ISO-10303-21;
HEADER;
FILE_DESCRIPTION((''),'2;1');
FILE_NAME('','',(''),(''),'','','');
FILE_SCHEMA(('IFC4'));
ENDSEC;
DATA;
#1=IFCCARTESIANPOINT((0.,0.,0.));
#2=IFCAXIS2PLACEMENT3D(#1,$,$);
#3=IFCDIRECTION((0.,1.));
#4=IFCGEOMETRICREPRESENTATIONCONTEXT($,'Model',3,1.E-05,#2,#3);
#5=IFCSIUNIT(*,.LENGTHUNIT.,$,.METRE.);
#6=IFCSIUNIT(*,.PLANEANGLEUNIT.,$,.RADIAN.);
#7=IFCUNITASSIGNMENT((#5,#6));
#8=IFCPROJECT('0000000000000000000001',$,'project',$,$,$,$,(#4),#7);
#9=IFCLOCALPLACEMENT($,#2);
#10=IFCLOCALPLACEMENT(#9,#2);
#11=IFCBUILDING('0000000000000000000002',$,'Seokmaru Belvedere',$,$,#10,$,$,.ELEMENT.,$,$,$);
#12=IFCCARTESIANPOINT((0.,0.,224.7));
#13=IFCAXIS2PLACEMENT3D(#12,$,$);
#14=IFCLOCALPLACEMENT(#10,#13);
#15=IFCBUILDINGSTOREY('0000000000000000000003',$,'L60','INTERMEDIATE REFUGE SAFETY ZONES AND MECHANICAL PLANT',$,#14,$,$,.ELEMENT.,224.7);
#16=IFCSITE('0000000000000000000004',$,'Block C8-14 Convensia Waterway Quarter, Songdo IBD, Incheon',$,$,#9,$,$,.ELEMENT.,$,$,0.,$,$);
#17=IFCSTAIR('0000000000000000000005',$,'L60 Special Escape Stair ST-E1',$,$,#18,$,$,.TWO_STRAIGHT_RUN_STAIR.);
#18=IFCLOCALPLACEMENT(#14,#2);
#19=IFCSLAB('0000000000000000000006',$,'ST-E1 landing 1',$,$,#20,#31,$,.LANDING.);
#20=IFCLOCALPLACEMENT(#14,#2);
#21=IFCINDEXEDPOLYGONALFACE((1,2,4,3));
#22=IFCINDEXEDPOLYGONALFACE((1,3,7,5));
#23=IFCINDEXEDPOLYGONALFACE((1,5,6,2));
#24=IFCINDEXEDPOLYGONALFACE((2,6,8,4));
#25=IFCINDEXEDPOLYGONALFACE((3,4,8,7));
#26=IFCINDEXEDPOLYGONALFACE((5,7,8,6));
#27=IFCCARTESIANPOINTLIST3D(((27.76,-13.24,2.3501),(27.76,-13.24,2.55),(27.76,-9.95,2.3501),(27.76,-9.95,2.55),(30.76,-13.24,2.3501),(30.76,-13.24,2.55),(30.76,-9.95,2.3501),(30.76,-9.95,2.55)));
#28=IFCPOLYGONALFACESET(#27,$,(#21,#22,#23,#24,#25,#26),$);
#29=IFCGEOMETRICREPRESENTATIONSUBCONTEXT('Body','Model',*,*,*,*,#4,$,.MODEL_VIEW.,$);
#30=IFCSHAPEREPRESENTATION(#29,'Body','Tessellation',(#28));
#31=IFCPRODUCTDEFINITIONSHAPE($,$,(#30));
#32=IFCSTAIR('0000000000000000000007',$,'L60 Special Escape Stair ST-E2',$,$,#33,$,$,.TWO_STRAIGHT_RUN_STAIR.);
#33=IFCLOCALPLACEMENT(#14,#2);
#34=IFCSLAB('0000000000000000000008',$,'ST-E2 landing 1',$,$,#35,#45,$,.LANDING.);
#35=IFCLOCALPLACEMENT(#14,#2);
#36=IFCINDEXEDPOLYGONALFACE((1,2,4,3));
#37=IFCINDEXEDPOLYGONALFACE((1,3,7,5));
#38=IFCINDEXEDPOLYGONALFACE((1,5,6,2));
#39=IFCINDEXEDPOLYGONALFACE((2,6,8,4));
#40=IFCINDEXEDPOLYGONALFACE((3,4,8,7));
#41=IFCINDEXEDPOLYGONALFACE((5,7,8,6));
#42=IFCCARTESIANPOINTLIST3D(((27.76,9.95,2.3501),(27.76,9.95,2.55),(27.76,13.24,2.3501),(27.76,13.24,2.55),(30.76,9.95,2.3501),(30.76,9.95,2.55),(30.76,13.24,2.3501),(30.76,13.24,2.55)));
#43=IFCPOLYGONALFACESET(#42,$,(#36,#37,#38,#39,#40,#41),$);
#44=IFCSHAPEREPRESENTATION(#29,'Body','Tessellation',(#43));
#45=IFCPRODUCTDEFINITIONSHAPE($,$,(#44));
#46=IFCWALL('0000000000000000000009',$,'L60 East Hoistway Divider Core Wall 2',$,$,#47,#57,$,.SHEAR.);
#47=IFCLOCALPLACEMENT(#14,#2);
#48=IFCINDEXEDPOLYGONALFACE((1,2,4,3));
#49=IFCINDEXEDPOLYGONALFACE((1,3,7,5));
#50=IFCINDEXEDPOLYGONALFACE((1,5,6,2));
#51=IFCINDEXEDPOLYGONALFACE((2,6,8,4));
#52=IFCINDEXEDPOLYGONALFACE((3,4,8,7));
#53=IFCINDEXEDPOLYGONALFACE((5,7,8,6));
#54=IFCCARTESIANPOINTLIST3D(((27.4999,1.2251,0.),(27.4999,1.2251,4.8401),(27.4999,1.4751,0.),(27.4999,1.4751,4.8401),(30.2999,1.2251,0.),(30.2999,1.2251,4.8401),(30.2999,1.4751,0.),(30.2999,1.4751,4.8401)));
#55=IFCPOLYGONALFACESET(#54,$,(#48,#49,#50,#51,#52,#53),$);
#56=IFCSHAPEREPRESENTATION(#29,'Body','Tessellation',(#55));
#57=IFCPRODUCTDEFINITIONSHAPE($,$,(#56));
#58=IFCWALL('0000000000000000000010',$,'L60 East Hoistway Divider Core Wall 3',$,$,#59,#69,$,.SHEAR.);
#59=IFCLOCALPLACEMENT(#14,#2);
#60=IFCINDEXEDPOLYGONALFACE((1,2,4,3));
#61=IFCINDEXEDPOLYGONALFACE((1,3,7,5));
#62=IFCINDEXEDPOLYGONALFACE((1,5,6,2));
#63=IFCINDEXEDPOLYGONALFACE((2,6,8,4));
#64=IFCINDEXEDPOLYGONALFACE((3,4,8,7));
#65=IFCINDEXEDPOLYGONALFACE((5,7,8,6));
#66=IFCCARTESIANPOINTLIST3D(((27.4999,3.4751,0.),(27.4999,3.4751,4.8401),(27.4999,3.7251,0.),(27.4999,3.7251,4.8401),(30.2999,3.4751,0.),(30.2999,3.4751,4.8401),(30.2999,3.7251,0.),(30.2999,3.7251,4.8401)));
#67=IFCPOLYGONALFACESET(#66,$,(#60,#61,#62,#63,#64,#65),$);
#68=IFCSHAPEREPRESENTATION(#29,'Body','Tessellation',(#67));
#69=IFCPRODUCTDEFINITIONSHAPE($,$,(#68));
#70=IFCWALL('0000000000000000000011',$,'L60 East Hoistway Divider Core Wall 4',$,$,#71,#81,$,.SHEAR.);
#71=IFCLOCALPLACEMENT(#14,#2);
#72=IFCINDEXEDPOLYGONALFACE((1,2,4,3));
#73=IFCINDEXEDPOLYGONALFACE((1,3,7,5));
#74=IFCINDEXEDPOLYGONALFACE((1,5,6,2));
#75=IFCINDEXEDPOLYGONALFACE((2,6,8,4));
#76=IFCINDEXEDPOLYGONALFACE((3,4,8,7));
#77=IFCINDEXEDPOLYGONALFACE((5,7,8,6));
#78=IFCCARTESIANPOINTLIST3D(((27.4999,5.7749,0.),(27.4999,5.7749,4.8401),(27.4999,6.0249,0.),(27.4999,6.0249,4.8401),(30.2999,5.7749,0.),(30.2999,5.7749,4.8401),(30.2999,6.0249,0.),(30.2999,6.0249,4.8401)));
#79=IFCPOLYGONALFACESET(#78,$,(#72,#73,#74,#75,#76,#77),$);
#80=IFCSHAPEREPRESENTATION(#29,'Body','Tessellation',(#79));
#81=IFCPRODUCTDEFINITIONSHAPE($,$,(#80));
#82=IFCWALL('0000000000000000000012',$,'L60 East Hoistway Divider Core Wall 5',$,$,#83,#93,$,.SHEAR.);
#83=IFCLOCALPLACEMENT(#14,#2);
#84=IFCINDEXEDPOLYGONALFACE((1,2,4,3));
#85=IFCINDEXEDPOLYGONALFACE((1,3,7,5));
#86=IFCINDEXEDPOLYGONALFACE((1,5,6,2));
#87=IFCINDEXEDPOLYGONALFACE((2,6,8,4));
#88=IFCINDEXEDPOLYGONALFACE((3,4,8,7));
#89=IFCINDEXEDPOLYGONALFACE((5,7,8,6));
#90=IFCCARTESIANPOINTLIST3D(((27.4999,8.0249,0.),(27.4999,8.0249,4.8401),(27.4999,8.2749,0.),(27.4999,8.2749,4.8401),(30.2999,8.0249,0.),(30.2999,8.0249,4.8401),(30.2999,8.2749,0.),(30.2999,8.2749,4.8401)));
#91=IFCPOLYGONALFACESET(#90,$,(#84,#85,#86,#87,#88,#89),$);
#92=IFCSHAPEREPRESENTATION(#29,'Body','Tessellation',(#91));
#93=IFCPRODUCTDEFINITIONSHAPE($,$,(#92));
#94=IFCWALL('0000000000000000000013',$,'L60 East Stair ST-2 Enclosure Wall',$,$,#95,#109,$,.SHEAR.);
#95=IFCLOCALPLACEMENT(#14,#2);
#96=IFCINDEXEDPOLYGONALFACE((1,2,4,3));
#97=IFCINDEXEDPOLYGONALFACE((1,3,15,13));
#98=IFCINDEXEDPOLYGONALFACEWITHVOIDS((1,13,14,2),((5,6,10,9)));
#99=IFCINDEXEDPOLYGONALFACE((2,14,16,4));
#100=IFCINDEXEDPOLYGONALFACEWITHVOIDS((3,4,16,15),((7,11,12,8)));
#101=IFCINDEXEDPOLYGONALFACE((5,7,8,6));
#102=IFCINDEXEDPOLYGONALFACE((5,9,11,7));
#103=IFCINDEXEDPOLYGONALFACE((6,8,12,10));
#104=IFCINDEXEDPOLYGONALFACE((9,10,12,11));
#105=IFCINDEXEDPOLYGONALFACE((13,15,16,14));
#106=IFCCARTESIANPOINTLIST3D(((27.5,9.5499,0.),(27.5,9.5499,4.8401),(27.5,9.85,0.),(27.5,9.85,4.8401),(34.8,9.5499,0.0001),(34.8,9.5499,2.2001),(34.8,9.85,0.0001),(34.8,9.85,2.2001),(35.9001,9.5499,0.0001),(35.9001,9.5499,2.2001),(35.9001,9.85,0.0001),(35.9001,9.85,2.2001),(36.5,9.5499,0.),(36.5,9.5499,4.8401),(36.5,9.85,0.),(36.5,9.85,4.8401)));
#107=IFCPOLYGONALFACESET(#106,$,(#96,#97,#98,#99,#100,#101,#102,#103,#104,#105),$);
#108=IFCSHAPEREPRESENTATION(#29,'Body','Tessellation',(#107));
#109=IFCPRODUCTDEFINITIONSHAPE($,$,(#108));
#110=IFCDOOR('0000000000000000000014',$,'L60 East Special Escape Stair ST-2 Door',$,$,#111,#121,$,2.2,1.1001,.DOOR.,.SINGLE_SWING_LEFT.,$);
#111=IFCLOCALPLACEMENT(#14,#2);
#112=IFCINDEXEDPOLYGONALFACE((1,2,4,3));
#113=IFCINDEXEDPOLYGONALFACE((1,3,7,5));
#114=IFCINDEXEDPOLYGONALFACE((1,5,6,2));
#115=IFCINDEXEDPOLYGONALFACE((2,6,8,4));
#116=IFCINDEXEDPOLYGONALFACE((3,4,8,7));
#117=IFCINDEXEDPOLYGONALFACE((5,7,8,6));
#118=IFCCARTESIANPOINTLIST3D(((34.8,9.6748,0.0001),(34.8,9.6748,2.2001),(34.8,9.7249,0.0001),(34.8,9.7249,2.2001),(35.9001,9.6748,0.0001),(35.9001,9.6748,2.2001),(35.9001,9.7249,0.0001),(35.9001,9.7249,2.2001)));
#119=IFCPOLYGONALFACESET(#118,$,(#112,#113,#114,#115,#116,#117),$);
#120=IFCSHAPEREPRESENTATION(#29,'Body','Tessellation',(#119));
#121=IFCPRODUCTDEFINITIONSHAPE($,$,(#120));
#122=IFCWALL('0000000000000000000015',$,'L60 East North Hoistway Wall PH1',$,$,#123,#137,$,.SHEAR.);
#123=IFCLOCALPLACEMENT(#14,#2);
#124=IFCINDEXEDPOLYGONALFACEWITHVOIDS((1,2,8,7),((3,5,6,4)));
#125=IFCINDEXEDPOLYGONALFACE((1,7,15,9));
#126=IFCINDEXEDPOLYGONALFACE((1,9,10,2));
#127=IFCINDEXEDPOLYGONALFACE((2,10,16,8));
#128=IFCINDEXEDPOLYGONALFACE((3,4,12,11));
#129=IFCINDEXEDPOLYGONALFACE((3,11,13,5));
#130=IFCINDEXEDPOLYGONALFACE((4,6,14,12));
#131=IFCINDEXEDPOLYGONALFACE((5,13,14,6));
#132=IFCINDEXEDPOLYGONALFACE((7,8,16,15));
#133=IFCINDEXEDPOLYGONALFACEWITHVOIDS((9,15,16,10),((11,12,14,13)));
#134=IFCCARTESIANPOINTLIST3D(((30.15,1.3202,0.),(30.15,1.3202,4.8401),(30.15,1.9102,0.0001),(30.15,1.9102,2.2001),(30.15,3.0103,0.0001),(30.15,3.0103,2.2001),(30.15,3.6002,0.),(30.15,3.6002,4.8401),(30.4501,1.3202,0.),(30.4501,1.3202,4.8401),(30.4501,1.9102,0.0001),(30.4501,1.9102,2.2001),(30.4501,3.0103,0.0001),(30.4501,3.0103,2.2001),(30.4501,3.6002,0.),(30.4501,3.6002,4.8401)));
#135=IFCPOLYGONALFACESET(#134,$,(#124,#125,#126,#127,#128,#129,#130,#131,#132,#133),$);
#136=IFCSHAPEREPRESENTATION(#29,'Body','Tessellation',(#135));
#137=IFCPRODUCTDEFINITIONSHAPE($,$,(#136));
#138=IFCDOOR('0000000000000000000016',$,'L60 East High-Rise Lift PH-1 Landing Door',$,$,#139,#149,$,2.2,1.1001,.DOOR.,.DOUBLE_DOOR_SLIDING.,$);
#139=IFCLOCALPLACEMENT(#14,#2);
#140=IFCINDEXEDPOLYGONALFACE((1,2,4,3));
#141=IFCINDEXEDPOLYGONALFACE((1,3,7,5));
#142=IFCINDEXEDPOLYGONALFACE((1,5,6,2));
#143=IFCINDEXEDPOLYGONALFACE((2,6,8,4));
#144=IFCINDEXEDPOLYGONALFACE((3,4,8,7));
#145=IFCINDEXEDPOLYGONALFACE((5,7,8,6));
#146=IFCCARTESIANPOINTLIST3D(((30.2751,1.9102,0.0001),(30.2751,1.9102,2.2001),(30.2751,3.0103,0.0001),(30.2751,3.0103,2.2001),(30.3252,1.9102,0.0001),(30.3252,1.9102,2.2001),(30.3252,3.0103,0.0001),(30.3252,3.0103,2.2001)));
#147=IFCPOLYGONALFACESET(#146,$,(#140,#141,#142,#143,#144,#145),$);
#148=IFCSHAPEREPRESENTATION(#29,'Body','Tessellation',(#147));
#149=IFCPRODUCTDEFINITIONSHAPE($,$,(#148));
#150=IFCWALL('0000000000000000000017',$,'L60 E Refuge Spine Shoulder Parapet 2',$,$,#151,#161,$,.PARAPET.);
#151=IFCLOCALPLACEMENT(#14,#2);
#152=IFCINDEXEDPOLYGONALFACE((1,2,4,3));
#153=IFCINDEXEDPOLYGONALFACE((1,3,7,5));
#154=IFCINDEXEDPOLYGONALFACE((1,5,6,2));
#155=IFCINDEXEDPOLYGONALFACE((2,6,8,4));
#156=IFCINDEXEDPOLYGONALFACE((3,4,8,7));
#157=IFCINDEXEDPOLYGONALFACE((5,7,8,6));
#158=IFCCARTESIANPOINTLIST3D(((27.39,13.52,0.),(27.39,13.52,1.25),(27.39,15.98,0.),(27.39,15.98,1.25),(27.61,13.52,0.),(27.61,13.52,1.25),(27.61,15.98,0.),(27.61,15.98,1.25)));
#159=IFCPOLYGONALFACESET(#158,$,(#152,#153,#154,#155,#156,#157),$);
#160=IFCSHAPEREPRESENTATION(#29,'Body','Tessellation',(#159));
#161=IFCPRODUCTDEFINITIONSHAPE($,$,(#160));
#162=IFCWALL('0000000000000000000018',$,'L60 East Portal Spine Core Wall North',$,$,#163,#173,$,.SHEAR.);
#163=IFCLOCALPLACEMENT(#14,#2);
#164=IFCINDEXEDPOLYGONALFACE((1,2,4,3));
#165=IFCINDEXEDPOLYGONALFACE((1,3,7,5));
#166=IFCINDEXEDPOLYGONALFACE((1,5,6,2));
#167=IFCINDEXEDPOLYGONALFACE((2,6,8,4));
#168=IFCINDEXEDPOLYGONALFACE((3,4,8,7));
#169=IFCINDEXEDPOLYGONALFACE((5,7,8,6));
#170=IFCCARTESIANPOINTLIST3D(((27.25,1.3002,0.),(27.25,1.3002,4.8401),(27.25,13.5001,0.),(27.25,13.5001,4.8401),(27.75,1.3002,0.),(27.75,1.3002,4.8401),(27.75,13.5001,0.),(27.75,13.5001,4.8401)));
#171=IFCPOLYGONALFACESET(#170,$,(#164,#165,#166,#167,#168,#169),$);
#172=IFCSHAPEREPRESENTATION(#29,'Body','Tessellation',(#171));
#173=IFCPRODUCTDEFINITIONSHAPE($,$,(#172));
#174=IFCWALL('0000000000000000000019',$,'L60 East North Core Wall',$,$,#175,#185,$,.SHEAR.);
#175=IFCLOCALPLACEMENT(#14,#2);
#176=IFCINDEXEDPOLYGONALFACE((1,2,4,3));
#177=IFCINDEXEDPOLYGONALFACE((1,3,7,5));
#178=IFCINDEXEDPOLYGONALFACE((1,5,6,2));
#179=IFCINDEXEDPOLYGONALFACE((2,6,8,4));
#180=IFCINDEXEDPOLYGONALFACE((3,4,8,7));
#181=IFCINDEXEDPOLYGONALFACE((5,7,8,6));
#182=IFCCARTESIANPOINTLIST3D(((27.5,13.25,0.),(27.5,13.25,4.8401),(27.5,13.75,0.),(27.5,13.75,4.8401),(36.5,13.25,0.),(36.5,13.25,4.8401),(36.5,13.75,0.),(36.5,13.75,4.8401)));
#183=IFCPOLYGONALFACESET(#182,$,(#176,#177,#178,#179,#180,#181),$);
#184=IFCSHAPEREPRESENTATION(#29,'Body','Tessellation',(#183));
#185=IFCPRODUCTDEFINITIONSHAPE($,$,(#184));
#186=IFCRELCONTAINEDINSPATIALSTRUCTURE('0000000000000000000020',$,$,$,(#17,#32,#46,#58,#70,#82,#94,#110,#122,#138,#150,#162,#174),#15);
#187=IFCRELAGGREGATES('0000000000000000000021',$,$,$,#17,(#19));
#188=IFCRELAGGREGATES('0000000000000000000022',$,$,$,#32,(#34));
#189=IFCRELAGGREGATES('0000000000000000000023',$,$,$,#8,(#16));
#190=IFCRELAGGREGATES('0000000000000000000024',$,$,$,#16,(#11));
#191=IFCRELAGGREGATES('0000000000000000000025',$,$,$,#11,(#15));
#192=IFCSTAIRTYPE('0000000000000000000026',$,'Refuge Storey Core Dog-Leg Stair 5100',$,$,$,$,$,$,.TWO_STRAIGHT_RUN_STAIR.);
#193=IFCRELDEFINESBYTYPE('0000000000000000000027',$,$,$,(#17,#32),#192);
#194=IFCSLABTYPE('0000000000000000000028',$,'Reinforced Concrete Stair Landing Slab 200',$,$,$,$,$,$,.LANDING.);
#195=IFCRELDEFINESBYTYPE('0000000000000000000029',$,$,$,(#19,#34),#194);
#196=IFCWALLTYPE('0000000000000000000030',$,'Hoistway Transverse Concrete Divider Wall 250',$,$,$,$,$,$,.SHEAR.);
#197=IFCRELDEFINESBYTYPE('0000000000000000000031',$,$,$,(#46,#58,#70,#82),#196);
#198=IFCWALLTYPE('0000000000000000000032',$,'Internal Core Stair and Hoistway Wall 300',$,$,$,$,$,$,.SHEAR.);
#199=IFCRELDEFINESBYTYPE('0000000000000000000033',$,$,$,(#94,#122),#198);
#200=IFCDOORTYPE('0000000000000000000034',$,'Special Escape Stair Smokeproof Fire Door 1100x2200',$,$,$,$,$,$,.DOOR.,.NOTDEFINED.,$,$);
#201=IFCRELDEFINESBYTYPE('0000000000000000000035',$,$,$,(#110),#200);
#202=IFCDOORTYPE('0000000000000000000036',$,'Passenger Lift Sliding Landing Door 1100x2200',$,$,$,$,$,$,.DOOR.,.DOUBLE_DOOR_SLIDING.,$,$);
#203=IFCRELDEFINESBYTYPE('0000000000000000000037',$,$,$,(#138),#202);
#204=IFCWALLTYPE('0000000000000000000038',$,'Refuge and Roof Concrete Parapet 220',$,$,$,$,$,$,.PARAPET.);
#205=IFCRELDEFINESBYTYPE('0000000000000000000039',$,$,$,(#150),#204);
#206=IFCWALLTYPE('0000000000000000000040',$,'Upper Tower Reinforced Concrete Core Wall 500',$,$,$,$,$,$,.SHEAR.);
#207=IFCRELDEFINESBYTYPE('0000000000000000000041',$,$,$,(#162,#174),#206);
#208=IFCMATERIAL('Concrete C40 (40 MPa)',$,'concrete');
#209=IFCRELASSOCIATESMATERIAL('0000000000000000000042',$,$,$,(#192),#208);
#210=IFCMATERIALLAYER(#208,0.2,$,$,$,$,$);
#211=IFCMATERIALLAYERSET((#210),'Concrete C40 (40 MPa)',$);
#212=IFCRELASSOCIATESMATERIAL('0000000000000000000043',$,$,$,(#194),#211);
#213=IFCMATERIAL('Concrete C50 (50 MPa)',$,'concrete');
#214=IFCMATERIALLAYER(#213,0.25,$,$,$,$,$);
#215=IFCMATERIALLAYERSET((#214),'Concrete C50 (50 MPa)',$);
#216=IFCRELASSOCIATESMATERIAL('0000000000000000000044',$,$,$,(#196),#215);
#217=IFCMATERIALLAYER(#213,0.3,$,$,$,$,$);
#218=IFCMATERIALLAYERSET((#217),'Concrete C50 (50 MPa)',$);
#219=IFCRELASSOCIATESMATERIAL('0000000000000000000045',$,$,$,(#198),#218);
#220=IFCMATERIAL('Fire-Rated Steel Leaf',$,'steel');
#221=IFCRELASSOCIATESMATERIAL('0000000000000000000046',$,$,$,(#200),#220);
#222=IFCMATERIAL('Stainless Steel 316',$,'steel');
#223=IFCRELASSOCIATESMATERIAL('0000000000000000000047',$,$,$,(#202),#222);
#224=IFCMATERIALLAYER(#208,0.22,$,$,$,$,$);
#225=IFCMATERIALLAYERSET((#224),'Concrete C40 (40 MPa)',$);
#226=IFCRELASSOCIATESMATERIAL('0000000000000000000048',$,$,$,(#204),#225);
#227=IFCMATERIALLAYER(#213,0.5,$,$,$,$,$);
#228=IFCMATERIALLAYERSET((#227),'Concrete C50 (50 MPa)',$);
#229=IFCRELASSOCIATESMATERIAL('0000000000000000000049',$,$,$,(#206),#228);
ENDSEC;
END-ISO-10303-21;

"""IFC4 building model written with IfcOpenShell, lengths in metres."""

from ifc_helpers import new_model, si_unit, direction, frame, frame_2d, origin, place, context, subcontext, project, spatial, polyline, rectangle, outline, extrude, source, transform, mapped, material, layer, layer_set, type_object, type_shapes, element, fill, aggregate, save


model = new_model("IFC4")

# Units and contexts
model_context = context("Model", 3, precision=1e-05, world=origin(), true_north=direction((0.0, 1.0)))
body_context = subcontext(model_context, "Body", "Model", "MODEL_VIEW")
ifc_project = project(units=[si_unit("LENGTHUNIT", "METRE"), si_unit("PLANEANGLEUNIT", "RADIAN")], contexts=[model_context])

# Site, building, storey
site_placement = place(None, origin())
site = spatial("IfcSite", under=ifc_project, at=site_placement, Name="Block C8-14 Convensia Waterway Quarter, Songdo IBD, Incheon", CompositionType="ELEMENT", RefElevation=0.0)
building_placement = place(site_placement, origin())
building = spatial("IfcBuilding", under=site, at=building_placement, Name="Seokmaru Belvedere", CompositionType="ELEMENT")
storey_placement = place(building_placement, frame((0.0, 0.0, 224.7)))
storey = spatial("IfcBuildingStorey", under=building, at=storey_placement, Name="L60", Description="INTERMEDIATE REFUGE SAFETY ZONES AND MECHANICAL PLANT", CompositionType="ELEMENT", Elevation=224.7)

# Stairs, slabs
ifc_material_1 = material(Name="Concrete C40 (40 MPa)", Category="concrete")
stair_type = type_object("IfcStairType", Name="Refuge Storey Core Dog-Leg Stair 5100", PredefinedType="TWO_STRAIGHT_RUN_STAIR", material=ifc_material_1)
stair_1_placement = place(storey_placement, origin())
stair_1 = element("IfcStair", 1, at=stair_1_placement, inside=storey, type_object=stair_type, Name="L60 Special Escape Stair ST-E1", PredefinedType="TWO_STRAIGHT_RUN_STAIR")
ifc_layer_1 = layer(ifc_material_1, 0.2)
ifc_layer_set_1 = layer_set([ifc_layer_1], Name="Concrete C40 (40 MPa)")
slab_type = type_object("IfcSlabType", Name="Reinforced Concrete Stair Landing Slab 200", PredefinedType="LANDING", material=ifc_layer_set_1)
slab_1_placement = place(storey_placement, frame((0.0, 0.0, 2.3501)))
slab_1 = element("IfcSlab", 2, at=slab_1_placement, type_object=slab_type, Name="ST-E1 landing 1", PredefinedType="LANDING", context=body_context, shape_type="SweptSolid", body=[
    extrude(outline(polyline([(27.76, -13.24), (30.76, -13.24), (30.76, -9.95), (27.76, -9.95), (27.76, -13.24)])), origin(), (0.0, 0.0, 1.0), 0.2),
])
aggregate(stair_1, [slab_1])
stair_2_placement = place(storey_placement, origin())
stair_2 = element("IfcStair", 3, at=stair_2_placement, inside=storey, type_object=stair_type, Name="L60 Special Escape Stair ST-E2", PredefinedType="TWO_STRAIGHT_RUN_STAIR")
slab_2_placement = place(storey_placement, frame((0.0, 0.0, 2.3501)))
slab_2 = element("IfcSlab", 4, at=slab_2_placement, type_object=slab_type, Name="ST-E2 landing 1", PredefinedType="LANDING", context=body_context, shape_type="SweptSolid", body=[
    extrude(outline(polyline([(27.76, 9.95), (30.76, 9.95), (30.76, 13.24), (27.76, 13.24), (27.76, 9.95)])), origin(), (0.0, 0.0, 1.0), 0.2),
])
aggregate(stair_2, [slab_2])

# Walls
ifc_material_2 = material(Name="Concrete C50 (50 MPa)", Category="concrete")
ifc_layer_2 = layer(ifc_material_2, 0.25)
ifc_layer_set_2 = layer_set([ifc_layer_2], Name="Concrete C50 (50 MPa)")
wall_type_1 = type_object("IfcWallType", Name="Hoistway Transverse Concrete Divider Wall 250", PredefinedType="SHEAR", material=ifc_layer_set_2)
for number, where, z_axis, x_axis, name in (
    (5, (27.5, 1.3501, 0.0), (0.0, 0.0, 1.0), (1.0, 0.0, 0.0), "L60 East Hoistway Divider Core Wall 2"),
    (6, (27.5, 3.6001, 0.0), (0.0, 0.0, 1.0), (1.0, 0.0, 0.0), "L60 East Hoistway Divider Core Wall 3"),
    (7, (27.5, 5.8999, 0.0), (0.0, 0.0, 1.0), (1.0, 0.0, 0.0), "L60 East Hoistway Divider Core Wall 4"),
    (8, (27.5, 8.1499, 0.0), (0.0, 0.0, 1.0), (1.0, 0.0, 0.0), "L60 East Hoistway Divider Core Wall 5"),
):
    element("IfcWall", number, at=place(storey_placement, frame(where, z_axis=z_axis, x_axis=x_axis)), inside=storey, type_object=wall_type_1, Name=name, PredefinedType="SHEAR", context=body_context, shape_type="SweptSolid", body=[
        extrude(rectangle(XDim=2.8, YDim=0.25, at=frame_2d((1.3999, 0.0))), origin(), (0.0, 0.0, 1.0), 4.8401),
    ])

# Walls, openings, doors
ifc_layer_3 = layer(ifc_material_2, 0.3)
ifc_layer_set_3 = layer_set([ifc_layer_3], Name="Concrete C50 (50 MPa)")
wall_type_2 = type_object("IfcWallType", Name="Internal Core Stair and Hoistway Wall 300", PredefinedType="SHEAR", material=ifc_layer_set_3)
wall_1_placement = place(storey_placement, frame((27.5, 9.7, 0.0), z_axis=(0.0, 0.0, 1.0), x_axis=(1.0, 0.0, 0.0)))
wall_1 = element("IfcWall", 9, at=wall_1_placement, inside=storey, type_object=wall_type_2, Name="L60 East Stair ST-2 Enclosure Wall", PredefinedType="SHEAR", context=body_context, shape_type="SweptSolid", body=[
    extrude(rectangle(XDim=9.0, YDim=0.3, at=frame_2d((4.5, 0.0))), origin(), (0.0, 0.0, 1.0), 4.8401),
])
opening_1_placement = place(wall_1_placement, frame((7.3, 0.0, 0.0)))
opening_1 = element("IfcOpeningElement", 10, at=opening_1_placement, cuts=wall_1, PredefinedType="OPENING", context=body_context, shape_type="SweptSolid", body=[
    extrude(rectangle(XDim=1.1001, YDim=2.2, at=frame_2d((0.55, 1.1001))), frame((0.0, 0.1602, 0.0), z_axis=(0.0, -1.0, 0.0), x_axis=(1.0, 0.0, 0.0)), (0.0, 0.0, 1.0), 0.3201),
])
ifc_material_3 = material(Name="Fire-Rated Steel Leaf", Category="steel")
door_type_1 = type_object("IfcDoorType", Name="Special Escape Stair Smokeproof Fire Door 1100x2200", OperationType="NOTDEFINED", PredefinedType="DOOR", material=ifc_material_3)
shared_shape_1 = source(origin(), body_context, "Body", "SweptSolid", [
    extrude(rectangle(XDim=1.1001, YDim=2.2, at=frame_2d((0.55, 1.1001))), frame((0.0, 0.0249, 0.0), z_axis=(0.0, -1.0, 0.0), x_axis=(1.0, 0.0, 0.0)), (0.0, 0.0, 1.0), 0.05),
])
type_shapes(door_type_1, [shared_shape_1])
door_1_placement = place(opening_1_placement, origin())
door_1 = element("IfcDoor", 11, at=door_1_placement, inside=storey, type_object=door_type_1, Name="L60 East Special Escape Stair ST-2 Door", OperationType="SINGLE_SWING_LEFT", OverallHeight=2.2, OverallWidth=1.1001, PredefinedType="DOOR", context=body_context, shape_type="MappedRepresentation", body=[
    mapped(shared_shape_1, transform((0.0, 0.0, 0.0), scale=1.0)),
])
fill(opening_1, door_1)
wall_2_placement = place(storey_placement, frame((30.3, 1.3201, 0.0), z_axis=(0.0, 0.0, 1.0), x_axis=(0.0, 1.0, 0.0)))
wall_2 = element("IfcWall", 12, at=wall_2_placement, inside=storey, type_object=wall_type_2, Name="L60 East North Hoistway Wall PH1", PredefinedType="SHEAR", context=body_context, shape_type="SweptSolid", body=[
    extrude(rectangle(XDim=2.28, YDim=0.3, at=frame_2d((1.1401, 0.0))), origin(), (0.0, 0.0, 1.0), 4.8401),
])
opening_2_placement = place(wall_2_placement, frame((0.5901, 0.0, 0.0)))
opening_2 = element("IfcOpeningElement", 13, at=opening_2_placement, cuts=wall_2, PredefinedType="OPENING", context=body_context, shape_type="SweptSolid", body=[
    extrude(rectangle(XDim=1.1001, YDim=2.2, at=frame_2d((0.55, 1.1001))), frame((0.0, 0.1602, 0.0), z_axis=(0.0, -1.0, 0.0), x_axis=(1.0, 0.0, 0.0)), (0.0, 0.0, 1.0), 0.3201),
])
ifc_material_4 = material(Name="Stainless Steel 316", Category="steel")
door_type_2 = type_object("IfcDoorType", Name="Passenger Lift Sliding Landing Door 1100x2200", OperationType="DOUBLE_DOOR_SLIDING", PredefinedType="DOOR", material=ifc_material_4)
shared_shape_2 = source(origin(), body_context, "Body", "SweptSolid", [
    extrude(rectangle(XDim=1.1001, YDim=2.2, at=frame_2d((0.55, 1.1001))), frame((0.0, 0.0249, 0.0), z_axis=(0.0, -1.0, 0.0), x_axis=(1.0, 0.0, 0.0)), (0.0, 0.0, 1.0), 0.05),
])
type_shapes(door_type_2, [shared_shape_2])
door_2_placement = place(opening_2_placement, origin())
door_2 = element("IfcDoor", 14, at=door_2_placement, inside=storey, type_object=door_type_2, Name="L60 East High-Rise Lift PH-1 Landing Door", OperationType="DOUBLE_DOOR_SLIDING", OverallHeight=2.2, OverallWidth=1.1001, PredefinedType="DOOR", context=body_context, shape_type="MappedRepresentation", body=[
    mapped(shared_shape_2, transform((0.0, 0.0, 0.0), scale=1.0)),
])
fill(opening_2, door_2)

# Walls
ifc_layer_4 = layer(ifc_material_1, 0.22)
ifc_layer_set_4 = layer_set([ifc_layer_4], Name="Concrete C40 (40 MPa)")
wall_type_3 = type_object("IfcWallType", Name="Refuge and Roof Concrete Parapet 220", PredefinedType="PARAPET", material=ifc_layer_set_4)
wall_3_placement = place(storey_placement, frame((27.5, 13.52, 0.0), z_axis=(0.0, 0.0, 1.0), x_axis=(0.0, 1.0, 0.0)))
element("IfcWall", 15, at=wall_3_placement, inside=storey, type_object=wall_type_3, Name="L60 E Refuge Spine Shoulder Parapet 2", PredefinedType="PARAPET", context=body_context, shape_type="SweptSolid", body=[
    extrude(rectangle(XDim=2.46, YDim=0.22, at=frame_2d((1.23, 0.0))), origin(), (0.0, 0.0, 1.0), 1.25),
])
ifc_layer_5 = layer(ifc_material_2, 0.5)
ifc_layer_set_5 = layer_set([ifc_layer_5], Name="Concrete C50 (50 MPa)")
wall_type_4 = type_object("IfcWallType", Name="Upper Tower Reinforced Concrete Core Wall 500", PredefinedType="SHEAR", material=ifc_layer_set_5)
wall_4_placement = place(storey_placement, frame((27.5, 1.3, 0.0), z_axis=(0.0, 0.0, 1.0), x_axis=(0.0, 1.0, 0.0)))
element("IfcWall", 16, at=wall_4_placement, inside=storey, type_object=wall_type_4, Name="L60 East Portal Spine Core Wall North", PredefinedType="SHEAR", context=body_context, shape_type="SweptSolid", body=[
    extrude(rectangle(XDim=12.2, YDim=0.5, at=frame_2d((6.1001, 0.0))), origin(), (0.0, 0.0, 1.0), 4.8401),
])
wall_5_placement = place(storey_placement, frame((27.5, 13.5, 0.0), z_axis=(0.0, 0.0, 1.0), x_axis=(1.0, 0.0, 0.0)))
element("IfcWall", 17, at=wall_5_placement, inside=storey, type_object=wall_type_4, Name="L60 East North Core Wall", PredefinedType="SHEAR", context=body_context, shape_type="SweptSolid", body=[
    extrude(rectangle(XDim=9.0, YDim=0.5, at=frame_2d((4.5, 0.0))), origin(), (0.0, 0.0, 1.0), 4.8401),
])

save(model, "model.ifc")
